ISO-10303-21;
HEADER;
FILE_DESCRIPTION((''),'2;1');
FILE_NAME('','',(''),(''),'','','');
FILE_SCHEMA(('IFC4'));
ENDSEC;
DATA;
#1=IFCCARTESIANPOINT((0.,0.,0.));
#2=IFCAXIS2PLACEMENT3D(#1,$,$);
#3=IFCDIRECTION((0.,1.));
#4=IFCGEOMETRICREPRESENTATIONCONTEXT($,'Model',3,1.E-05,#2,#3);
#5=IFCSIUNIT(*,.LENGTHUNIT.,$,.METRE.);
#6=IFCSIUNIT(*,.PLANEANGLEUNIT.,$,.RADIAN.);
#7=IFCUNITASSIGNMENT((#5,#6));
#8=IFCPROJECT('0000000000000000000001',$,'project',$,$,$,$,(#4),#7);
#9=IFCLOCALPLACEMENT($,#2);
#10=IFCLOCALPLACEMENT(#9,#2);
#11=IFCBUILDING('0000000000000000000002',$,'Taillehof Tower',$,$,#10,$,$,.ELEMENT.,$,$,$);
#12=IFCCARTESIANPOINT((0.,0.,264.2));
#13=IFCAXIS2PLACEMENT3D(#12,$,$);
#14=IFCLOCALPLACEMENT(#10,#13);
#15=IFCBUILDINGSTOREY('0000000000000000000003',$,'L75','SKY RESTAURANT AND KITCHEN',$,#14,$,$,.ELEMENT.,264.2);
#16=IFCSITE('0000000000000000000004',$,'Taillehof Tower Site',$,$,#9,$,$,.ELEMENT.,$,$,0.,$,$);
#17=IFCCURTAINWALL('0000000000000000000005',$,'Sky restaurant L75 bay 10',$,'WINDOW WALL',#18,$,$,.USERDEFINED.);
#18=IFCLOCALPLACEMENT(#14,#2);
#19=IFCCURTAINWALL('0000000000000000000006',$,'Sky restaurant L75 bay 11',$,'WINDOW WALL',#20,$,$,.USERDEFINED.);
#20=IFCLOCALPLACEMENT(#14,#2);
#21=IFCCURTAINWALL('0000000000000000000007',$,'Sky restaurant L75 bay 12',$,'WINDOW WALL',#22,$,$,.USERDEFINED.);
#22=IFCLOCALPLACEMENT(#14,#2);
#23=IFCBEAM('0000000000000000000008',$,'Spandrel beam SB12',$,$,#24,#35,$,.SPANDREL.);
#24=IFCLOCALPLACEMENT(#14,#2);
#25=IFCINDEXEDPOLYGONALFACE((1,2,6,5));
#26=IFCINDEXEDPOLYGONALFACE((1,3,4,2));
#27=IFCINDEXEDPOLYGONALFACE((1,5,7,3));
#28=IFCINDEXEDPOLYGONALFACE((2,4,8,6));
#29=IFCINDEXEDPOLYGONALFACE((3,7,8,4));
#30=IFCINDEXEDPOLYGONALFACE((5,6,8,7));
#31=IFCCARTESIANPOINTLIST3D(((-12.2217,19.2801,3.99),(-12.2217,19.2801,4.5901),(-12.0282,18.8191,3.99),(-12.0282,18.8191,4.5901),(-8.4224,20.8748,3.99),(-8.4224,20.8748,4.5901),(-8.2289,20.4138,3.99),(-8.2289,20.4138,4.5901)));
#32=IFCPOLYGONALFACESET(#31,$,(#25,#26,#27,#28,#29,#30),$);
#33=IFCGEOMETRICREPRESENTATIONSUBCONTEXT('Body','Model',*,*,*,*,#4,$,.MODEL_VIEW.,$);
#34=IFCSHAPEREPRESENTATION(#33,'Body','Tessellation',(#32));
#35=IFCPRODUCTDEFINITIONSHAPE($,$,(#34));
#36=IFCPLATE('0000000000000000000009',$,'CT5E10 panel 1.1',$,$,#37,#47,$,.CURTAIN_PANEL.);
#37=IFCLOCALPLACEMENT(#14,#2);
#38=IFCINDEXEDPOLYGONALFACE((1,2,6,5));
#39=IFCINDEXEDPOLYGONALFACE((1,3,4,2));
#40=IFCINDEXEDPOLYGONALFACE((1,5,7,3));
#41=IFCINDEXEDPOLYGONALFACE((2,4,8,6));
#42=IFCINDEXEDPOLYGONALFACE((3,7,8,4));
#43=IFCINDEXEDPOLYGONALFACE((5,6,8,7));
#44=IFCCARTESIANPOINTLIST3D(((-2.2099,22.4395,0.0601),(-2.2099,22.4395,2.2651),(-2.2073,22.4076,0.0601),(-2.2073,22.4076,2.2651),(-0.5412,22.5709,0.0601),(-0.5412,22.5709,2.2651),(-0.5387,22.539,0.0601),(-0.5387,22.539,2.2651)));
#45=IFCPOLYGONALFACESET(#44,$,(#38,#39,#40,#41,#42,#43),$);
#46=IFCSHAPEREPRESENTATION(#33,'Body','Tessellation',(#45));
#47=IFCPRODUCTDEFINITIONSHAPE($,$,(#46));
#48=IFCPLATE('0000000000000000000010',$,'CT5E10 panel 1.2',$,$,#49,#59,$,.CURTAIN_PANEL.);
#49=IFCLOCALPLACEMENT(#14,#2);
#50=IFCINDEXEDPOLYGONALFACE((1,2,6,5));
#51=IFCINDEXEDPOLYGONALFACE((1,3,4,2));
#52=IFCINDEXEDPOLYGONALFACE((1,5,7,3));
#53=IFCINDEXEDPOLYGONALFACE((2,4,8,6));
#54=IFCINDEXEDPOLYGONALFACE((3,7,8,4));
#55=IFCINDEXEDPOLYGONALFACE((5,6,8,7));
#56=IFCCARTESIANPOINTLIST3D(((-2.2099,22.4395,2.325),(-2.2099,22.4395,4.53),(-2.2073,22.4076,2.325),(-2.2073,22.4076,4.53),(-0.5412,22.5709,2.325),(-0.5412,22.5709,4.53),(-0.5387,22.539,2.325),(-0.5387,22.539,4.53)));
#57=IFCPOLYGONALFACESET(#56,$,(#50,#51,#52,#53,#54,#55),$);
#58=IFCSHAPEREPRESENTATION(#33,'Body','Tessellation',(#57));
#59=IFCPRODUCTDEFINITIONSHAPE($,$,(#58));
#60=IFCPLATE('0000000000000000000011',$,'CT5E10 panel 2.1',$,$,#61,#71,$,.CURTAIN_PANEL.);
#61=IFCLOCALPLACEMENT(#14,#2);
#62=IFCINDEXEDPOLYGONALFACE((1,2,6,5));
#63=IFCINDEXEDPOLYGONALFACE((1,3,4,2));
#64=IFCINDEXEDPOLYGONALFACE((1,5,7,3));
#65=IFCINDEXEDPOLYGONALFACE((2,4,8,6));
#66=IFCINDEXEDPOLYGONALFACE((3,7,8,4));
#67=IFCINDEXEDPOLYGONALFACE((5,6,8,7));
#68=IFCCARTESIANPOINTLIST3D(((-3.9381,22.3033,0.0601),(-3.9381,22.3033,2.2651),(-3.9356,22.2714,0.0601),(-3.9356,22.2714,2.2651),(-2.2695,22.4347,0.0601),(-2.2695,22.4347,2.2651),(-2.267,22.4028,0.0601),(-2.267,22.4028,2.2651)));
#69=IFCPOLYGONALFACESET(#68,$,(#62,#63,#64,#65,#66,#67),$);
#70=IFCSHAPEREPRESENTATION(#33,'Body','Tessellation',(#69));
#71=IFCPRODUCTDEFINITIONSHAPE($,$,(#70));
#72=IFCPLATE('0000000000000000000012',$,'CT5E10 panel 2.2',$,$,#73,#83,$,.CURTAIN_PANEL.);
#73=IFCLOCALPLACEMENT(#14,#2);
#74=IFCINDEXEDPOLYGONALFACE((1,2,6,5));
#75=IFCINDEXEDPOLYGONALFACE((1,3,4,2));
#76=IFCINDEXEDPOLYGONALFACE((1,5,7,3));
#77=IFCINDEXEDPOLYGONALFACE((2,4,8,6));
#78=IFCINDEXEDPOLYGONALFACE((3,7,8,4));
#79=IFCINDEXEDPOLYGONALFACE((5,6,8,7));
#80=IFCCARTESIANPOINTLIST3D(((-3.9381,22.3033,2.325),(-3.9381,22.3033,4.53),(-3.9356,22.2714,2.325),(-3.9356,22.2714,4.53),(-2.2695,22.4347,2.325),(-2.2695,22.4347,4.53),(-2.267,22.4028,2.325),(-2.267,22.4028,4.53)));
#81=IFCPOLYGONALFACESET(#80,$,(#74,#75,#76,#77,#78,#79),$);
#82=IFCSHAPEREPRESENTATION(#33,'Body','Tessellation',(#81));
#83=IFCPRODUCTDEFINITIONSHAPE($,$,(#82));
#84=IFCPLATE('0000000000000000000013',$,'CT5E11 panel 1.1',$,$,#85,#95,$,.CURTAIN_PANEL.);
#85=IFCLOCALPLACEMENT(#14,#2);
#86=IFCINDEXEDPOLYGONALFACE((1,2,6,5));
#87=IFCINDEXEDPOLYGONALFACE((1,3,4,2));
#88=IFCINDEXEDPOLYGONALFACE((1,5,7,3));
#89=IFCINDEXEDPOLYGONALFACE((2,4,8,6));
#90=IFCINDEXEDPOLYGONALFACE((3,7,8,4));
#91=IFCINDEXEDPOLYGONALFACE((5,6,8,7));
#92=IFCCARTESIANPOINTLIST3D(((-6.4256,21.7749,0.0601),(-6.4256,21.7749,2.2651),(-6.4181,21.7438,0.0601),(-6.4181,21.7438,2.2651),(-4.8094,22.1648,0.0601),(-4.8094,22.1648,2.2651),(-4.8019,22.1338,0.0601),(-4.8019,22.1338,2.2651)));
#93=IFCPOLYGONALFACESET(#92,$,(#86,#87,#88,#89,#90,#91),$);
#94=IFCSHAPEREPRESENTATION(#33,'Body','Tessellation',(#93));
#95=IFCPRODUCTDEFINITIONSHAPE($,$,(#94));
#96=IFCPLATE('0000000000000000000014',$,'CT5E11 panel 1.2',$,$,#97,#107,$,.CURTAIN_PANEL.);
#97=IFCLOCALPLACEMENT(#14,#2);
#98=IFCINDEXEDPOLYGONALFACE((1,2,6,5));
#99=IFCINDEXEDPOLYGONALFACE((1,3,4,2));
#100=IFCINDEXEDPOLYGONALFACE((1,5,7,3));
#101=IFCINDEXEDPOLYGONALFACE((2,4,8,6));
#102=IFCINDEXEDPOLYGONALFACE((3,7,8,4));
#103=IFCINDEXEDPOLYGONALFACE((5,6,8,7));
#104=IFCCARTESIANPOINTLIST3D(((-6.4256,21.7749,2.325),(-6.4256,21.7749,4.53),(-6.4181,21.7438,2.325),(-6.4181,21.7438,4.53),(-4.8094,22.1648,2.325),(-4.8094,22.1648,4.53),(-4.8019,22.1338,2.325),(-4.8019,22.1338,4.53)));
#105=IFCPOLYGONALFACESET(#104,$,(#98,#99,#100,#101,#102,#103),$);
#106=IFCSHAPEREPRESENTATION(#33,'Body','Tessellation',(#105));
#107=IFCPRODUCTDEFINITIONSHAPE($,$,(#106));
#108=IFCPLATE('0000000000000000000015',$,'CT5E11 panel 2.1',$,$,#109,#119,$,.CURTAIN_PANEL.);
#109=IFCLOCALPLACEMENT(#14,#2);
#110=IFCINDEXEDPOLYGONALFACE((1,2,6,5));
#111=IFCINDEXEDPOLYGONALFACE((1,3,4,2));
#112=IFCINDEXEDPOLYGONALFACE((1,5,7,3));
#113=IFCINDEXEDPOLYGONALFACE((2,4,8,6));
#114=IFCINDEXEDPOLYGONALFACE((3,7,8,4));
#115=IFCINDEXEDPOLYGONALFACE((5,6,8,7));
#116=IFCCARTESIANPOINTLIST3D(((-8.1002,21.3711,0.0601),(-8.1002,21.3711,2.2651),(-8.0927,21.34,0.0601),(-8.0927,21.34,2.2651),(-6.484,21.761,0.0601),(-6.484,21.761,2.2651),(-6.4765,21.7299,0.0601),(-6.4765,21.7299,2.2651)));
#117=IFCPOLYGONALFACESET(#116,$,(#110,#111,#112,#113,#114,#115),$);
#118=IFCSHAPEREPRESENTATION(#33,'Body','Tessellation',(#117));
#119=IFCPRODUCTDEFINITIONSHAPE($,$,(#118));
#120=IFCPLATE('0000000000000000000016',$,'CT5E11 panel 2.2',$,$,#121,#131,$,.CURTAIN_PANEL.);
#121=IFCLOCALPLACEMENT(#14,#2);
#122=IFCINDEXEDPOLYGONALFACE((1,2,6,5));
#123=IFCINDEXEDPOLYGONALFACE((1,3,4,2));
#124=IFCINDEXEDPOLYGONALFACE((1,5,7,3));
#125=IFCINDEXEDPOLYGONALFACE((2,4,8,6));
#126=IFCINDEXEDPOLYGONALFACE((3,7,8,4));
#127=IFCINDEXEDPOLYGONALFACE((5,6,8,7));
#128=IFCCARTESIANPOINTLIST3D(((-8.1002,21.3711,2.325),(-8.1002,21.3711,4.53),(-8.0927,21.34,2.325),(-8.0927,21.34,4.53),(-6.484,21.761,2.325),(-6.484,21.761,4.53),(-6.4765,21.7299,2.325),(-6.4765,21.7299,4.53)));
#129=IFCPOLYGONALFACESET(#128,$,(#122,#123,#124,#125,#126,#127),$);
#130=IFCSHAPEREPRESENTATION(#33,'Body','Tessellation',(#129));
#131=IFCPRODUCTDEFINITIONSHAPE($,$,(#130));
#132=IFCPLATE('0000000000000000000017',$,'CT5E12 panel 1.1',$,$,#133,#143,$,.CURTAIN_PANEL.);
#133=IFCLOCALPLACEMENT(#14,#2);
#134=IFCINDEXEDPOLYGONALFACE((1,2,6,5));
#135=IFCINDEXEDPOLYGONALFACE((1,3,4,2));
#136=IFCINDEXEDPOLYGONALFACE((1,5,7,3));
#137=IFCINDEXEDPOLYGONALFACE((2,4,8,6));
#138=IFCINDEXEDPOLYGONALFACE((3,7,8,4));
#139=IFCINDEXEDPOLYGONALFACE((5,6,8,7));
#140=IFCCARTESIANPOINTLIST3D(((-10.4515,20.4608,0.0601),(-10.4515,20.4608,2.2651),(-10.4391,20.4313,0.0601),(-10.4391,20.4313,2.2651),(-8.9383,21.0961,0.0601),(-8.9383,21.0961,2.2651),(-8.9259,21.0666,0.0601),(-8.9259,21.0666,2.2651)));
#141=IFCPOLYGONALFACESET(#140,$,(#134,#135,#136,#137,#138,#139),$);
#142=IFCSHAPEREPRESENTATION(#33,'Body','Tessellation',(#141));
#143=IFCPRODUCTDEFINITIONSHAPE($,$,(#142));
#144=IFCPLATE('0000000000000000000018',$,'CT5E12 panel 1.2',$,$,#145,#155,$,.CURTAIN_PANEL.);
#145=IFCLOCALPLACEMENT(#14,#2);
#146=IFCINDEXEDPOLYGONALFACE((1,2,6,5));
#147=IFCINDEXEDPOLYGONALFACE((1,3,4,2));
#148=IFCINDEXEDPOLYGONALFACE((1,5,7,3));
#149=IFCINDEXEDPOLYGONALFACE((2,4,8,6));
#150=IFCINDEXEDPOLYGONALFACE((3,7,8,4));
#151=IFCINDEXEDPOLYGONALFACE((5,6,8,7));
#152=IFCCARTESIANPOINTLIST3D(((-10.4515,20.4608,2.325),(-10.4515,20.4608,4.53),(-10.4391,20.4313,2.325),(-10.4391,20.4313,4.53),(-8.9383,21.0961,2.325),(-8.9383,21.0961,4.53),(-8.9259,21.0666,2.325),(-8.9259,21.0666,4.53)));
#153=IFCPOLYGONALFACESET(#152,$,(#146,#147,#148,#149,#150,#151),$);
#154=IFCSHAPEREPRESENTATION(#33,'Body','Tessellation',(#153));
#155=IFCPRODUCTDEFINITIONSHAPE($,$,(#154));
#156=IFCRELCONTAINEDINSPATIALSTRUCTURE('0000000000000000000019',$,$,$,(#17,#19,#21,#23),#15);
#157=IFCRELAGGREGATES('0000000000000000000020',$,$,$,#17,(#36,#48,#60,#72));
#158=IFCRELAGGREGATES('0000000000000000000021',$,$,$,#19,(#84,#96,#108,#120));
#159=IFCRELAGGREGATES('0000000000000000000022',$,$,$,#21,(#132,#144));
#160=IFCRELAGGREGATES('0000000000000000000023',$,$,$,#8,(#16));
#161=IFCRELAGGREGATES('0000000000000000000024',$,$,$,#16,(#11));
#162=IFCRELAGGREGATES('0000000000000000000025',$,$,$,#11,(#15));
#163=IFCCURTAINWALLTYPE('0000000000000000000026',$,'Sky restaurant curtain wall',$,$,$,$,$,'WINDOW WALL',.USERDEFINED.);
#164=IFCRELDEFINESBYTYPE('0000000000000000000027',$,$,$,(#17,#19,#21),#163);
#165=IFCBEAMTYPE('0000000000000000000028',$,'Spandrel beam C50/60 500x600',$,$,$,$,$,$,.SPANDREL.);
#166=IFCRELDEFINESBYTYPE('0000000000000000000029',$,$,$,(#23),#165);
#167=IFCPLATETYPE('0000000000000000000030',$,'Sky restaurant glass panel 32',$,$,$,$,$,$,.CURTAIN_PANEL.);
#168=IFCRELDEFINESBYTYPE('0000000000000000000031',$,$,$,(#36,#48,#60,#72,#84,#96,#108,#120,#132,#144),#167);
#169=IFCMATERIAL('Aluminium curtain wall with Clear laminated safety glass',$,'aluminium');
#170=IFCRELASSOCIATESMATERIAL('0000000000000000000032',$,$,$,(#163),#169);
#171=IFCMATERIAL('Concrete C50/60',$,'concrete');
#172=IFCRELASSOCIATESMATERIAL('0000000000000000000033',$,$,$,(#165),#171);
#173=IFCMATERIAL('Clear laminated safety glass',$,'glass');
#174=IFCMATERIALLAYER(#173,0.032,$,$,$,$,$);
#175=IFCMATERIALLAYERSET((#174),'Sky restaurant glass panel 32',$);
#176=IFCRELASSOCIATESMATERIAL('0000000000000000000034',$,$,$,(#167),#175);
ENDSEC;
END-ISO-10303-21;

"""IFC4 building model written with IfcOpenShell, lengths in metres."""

from ifc_helpers import new_model, si_unit, direction, frame, origin, origin_2d, place, context, subcontext, project, spatial, rectangle, extrude, material, layer, layer_set, material_profile, profile_set, type_object, element, aggregate, save


model = new_model("IFC4")

# Units and contexts
model_context = context("Model", 3, precision=1e-05, world=origin(), true_north=direction((0.0, 1.0)))
body_context = subcontext(model_context, "Body", "Model", "MODEL_VIEW")
ifc_project = project(units=[si_unit("LENGTHUNIT", "METRE"), si_unit("PLANEANGLEUNIT", "RADIAN")], contexts=[model_context])

# Site, building, storey
site_placement = place(None, origin())
site = spatial("IfcSite", under=ifc_project, at=site_placement, Name="Taillehof Tower Site", CompositionType="ELEMENT", RefElevation=0.0)
building_placement = place(site_placement, origin())
building = spatial("IfcBuilding", under=site, at=building_placement, Name="Taillehof Tower", CompositionType="ELEMENT")
storey_placement = place(building_placement, frame((0.0, 0.0, 264.2)))
storey = spatial("IfcBuildingStorey", under=building, at=storey_placement, Name="L75", Description="SKY RESTAURANT AND KITCHEN", CompositionType="ELEMENT", Elevation=264.2)

# Curtain walls
ifc_material_1 = material(Name="Aluminium curtain wall with Clear laminated safety glass", Category="aluminium")
curtain_wall_type = type_object("IfcCurtainWallType", Name="Sky restaurant curtain wall", ElementType="WINDOW WALL", PredefinedType="USERDEFINED", material=ifc_material_1)
curtain_wall_1_placement = place(storey_placement, origin())
curtain_wall_1 = element("IfcCurtainWall", 1, at=curtain_wall_1_placement, inside=storey, type_object=curtain_wall_type, Name="Sky restaurant L75 bay 10", ObjectType="WINDOW WALL", PredefinedType="USERDEFINED")
curtain_wall_2_placement = place(storey_placement, origin())
curtain_wall_2 = element("IfcCurtainWall", 2, at=curtain_wall_2_placement, inside=storey, type_object=curtain_wall_type, Name="Sky restaurant L75 bay 11", ObjectType="WINDOW WALL", PredefinedType="USERDEFINED")
curtain_wall_3_placement = place(storey_placement, origin())
curtain_wall_3 = element("IfcCurtainWall", 3, at=curtain_wall_3_placement, inside=storey, type_object=curtain_wall_type, Name="Sky restaurant L75 bay 12", ObjectType="WINDOW WALL", PredefinedType="USERDEFINED")

# Beam
ifc_material_2 = material(Name="Concrete C50/60", Category="concrete")
ifc_material_profile_1 = material_profile(ifc_material_2, rectangle(XDim=0.5, YDim=0.6001, at=origin_2d()), Name="RC 500x600")
ifc_profile_set_1 = profile_set([ifc_material_profile_1], Name="Concrete C50/60")
beam_type_1 = type_object("IfcBeamType", Name="Spandrel beam C50/60 500x600", PredefinedType="SPANDREL", material=ifc_profile_set_1)
beam_1_placement = place(storey_placement, frame((-8.3257, 20.6443, 4.29), z_axis=(-0.922068, -0.387029, 0.0), x_axis=(0.387029, -0.922068, 0.0)))
element("IfcBeam", 4, at=beam_1_placement, inside=storey, type_object=beam_type_1, Name="Spandrel beam SB12", PredefinedType="SPANDREL", context=body_context, shape_type="SweptSolid", body=[
    extrude(rectangle(XDim=0.5, YDim=0.6001, at=origin_2d()), origin(), (0.0, 0.0, 1.0), 4.1204),
])

# Plates
ifc_material_3 = material(Name="Clear laminated safety glass", Category="glass")
ifc_layer = layer(ifc_material_3, 0.032)
ifc_layer_set = layer_set([ifc_layer], Name="Sky restaurant glass panel 32")
plate_type = type_object("IfcPlateType", Name="Sky restaurant glass panel 32", PredefinedType="CURTAIN_PANEL", material=ifc_layer_set)
plate_1_placement = place(storey_placement, frame((-1.3743, 22.4893, 0.0601), z_axis=(0.0, 0.0, 1.0), x_axis=(-0.996912, -0.078525, 0.0)))
plate_1 = element("IfcPlate", 5, at=plate_1_placement, type_object=plate_type, Name="CT5E10 panel 1.1", PredefinedType="CURTAIN_PANEL", context=body_context, shape_type="SweptSolid", body=[
    extrude(rectangle(XDim=1.6738, YDim=0.032, at=origin_2d()), origin(), (0.0, 0.0, 1.0), 2.2051),
])
plate_2_placement = place(storey_placement, frame((-1.3743, 22.4893, 2.325), z_axis=(0.0, 0.0, 1.0), x_axis=(-0.996912, -0.078525, 0.0)))
plate_2 = element("IfcPlate", 6, at=plate_2_placement, type_object=plate_type, Name="CT5E10 panel 1.2", PredefinedType="CURTAIN_PANEL", context=body_context, shape_type="SweptSolid", body=[
    extrude(rectangle(XDim=1.6738, YDim=0.032, at=origin_2d()), origin(), (0.0, 0.0, 1.0), 2.2051),
])
plate_3_placement = place(storey_placement, frame((-3.1025, 22.353, 0.0601), z_axis=(0.0, 0.0, 1.0), x_axis=(-0.996912, -0.078525, 0.0)))
plate_3 = element("IfcPlate", 7, at=plate_3_placement, type_object=plate_type, Name="CT5E10 panel 2.1", PredefinedType="CURTAIN_PANEL", context=body_context, shape_type="SweptSolid", body=[
    extrude(rectangle(XDim=1.6738, YDim=0.032, at=origin_2d()), origin(), (0.0, 0.0, 1.0), 2.2051),
])
plate_4_placement = place(storey_placement, frame((-3.1025, 22.353, 2.325), z_axis=(0.0, 0.0, 1.0), x_axis=(-0.996912, -0.078525, 0.0)))
plate_4 = element("IfcPlate", 8, at=plate_4_placement, type_object=plate_type, Name="CT5E10 panel 2.2", PredefinedType="CURTAIN_PANEL", context=body_context, shape_type="SweptSolid", body=[
    extrude(rectangle(XDim=1.6738, YDim=0.032, at=origin_2d()), origin(), (0.0, 0.0, 1.0), 2.2051),
])
aggregate(curtain_wall_1, [plate_1, plate_2, plate_3, plate_4])
plate_5_placement = place(storey_placement, frame((-5.6138, 21.9543, 0.0601), z_axis=(0.0, 0.0, 1.0), x_axis=(-0.972113, -0.234515, 0.0)))
plate_5 = element("IfcPlate", 9, at=plate_5_placement, type_object=plate_type, Name="CT5E11 panel 1.1", PredefinedType="CURTAIN_PANEL", context=body_context, shape_type="SweptSolid", body=[
    extrude(rectangle(XDim=1.6626, YDim=0.032, at=origin_2d()), origin(), (0.0, 0.0, 1.0), 2.2051),
])
plate_6_placement = place(storey_placement, frame((-5.6138, 21.9543, 2.325), z_axis=(0.0, 0.0, 1.0), x_axis=(-0.972113, -0.234515, 0.0)))
plate_6 = element("IfcPlate", 10, at=plate_6_placement, type_object=plate_type, Name="CT5E11 panel 1.2", PredefinedType="CURTAIN_PANEL", context=body_context, shape_type="SweptSolid", body=[
    extrude(rectangle(XDim=1.6626, YDim=0.032, at=origin_2d()), origin(), (0.0, 0.0, 1.0), 2.2051),
])
plate_7_placement = place(storey_placement, frame((-7.2883, 21.5505, 0.0601), z_axis=(0.0, 0.0, 1.0), x_axis=(-0.972113, -0.234515, 0.0)))
plate_7 = element("IfcPlate", 11, at=plate_7_placement, type_object=plate_type, Name="CT5E11 panel 2.1", PredefinedType="CURTAIN_PANEL", context=body_context, shape_type="SweptSolid", body=[
    extrude(rectangle(XDim=1.6626, YDim=0.032, at=origin_2d()), origin(), (0.0, 0.0, 1.0), 2.2051),
])
plate_8_placement = place(storey_placement, frame((-7.2883, 21.5505, 2.325), z_axis=(0.0, 0.0, 1.0), x_axis=(-0.972113, -0.234515, 0.0)))
plate_8 = element("IfcPlate", 12, at=plate_8_placement, type_object=plate_type, Name="CT5E11 panel 2.2", PredefinedType="CURTAIN_PANEL", context=body_context, shape_type="SweptSolid", body=[
    extrude(rectangle(XDim=1.6626, YDim=0.032, at=origin_2d()), origin(), (0.0, 0.0, 1.0), 2.2051),
])
aggregate(curtain_wall_2, [plate_5, plate_6, plate_7, plate_8])
plate_9_placement = place(storey_placement, frame((-9.6887, 20.7637, 0.0601), z_axis=(0.0, 0.0, 1.0), x_axis=(-0.922037, -0.387101, 0.0)))
plate_9 = element("IfcPlate", 13, at=plate_9_placement, type_object=plate_type, Name="CT5E12 panel 1.1", PredefinedType="CURTAIN_PANEL", context=body_context, shape_type="SweptSolid", body=[
    extrude(rectangle(XDim=1.6411, YDim=0.032, at=origin_2d()), origin(), (0.0, 0.0, 1.0), 2.2051),
])
plate_10_placement = place(storey_placement, frame((-9.6887, 20.7637, 2.325), z_axis=(0.0, 0.0, 1.0), x_axis=(-0.922037, -0.387101, 0.0)))
plate_10 = element("IfcPlate", 14, at=plate_10_placement, type_object=plate_type, Name="CT5E12 panel 1.2", PredefinedType="CURTAIN_PANEL", context=body_context, shape_type="SweptSolid", body=[
    extrude(rectangle(XDim=1.6411, YDim=0.032, at=origin_2d()), origin(), (0.0, 0.0, 1.0), 2.2051),
])
aggregate(curtain_wall_3, [plate_9, plate_10])

save(model, "model.ifc")
